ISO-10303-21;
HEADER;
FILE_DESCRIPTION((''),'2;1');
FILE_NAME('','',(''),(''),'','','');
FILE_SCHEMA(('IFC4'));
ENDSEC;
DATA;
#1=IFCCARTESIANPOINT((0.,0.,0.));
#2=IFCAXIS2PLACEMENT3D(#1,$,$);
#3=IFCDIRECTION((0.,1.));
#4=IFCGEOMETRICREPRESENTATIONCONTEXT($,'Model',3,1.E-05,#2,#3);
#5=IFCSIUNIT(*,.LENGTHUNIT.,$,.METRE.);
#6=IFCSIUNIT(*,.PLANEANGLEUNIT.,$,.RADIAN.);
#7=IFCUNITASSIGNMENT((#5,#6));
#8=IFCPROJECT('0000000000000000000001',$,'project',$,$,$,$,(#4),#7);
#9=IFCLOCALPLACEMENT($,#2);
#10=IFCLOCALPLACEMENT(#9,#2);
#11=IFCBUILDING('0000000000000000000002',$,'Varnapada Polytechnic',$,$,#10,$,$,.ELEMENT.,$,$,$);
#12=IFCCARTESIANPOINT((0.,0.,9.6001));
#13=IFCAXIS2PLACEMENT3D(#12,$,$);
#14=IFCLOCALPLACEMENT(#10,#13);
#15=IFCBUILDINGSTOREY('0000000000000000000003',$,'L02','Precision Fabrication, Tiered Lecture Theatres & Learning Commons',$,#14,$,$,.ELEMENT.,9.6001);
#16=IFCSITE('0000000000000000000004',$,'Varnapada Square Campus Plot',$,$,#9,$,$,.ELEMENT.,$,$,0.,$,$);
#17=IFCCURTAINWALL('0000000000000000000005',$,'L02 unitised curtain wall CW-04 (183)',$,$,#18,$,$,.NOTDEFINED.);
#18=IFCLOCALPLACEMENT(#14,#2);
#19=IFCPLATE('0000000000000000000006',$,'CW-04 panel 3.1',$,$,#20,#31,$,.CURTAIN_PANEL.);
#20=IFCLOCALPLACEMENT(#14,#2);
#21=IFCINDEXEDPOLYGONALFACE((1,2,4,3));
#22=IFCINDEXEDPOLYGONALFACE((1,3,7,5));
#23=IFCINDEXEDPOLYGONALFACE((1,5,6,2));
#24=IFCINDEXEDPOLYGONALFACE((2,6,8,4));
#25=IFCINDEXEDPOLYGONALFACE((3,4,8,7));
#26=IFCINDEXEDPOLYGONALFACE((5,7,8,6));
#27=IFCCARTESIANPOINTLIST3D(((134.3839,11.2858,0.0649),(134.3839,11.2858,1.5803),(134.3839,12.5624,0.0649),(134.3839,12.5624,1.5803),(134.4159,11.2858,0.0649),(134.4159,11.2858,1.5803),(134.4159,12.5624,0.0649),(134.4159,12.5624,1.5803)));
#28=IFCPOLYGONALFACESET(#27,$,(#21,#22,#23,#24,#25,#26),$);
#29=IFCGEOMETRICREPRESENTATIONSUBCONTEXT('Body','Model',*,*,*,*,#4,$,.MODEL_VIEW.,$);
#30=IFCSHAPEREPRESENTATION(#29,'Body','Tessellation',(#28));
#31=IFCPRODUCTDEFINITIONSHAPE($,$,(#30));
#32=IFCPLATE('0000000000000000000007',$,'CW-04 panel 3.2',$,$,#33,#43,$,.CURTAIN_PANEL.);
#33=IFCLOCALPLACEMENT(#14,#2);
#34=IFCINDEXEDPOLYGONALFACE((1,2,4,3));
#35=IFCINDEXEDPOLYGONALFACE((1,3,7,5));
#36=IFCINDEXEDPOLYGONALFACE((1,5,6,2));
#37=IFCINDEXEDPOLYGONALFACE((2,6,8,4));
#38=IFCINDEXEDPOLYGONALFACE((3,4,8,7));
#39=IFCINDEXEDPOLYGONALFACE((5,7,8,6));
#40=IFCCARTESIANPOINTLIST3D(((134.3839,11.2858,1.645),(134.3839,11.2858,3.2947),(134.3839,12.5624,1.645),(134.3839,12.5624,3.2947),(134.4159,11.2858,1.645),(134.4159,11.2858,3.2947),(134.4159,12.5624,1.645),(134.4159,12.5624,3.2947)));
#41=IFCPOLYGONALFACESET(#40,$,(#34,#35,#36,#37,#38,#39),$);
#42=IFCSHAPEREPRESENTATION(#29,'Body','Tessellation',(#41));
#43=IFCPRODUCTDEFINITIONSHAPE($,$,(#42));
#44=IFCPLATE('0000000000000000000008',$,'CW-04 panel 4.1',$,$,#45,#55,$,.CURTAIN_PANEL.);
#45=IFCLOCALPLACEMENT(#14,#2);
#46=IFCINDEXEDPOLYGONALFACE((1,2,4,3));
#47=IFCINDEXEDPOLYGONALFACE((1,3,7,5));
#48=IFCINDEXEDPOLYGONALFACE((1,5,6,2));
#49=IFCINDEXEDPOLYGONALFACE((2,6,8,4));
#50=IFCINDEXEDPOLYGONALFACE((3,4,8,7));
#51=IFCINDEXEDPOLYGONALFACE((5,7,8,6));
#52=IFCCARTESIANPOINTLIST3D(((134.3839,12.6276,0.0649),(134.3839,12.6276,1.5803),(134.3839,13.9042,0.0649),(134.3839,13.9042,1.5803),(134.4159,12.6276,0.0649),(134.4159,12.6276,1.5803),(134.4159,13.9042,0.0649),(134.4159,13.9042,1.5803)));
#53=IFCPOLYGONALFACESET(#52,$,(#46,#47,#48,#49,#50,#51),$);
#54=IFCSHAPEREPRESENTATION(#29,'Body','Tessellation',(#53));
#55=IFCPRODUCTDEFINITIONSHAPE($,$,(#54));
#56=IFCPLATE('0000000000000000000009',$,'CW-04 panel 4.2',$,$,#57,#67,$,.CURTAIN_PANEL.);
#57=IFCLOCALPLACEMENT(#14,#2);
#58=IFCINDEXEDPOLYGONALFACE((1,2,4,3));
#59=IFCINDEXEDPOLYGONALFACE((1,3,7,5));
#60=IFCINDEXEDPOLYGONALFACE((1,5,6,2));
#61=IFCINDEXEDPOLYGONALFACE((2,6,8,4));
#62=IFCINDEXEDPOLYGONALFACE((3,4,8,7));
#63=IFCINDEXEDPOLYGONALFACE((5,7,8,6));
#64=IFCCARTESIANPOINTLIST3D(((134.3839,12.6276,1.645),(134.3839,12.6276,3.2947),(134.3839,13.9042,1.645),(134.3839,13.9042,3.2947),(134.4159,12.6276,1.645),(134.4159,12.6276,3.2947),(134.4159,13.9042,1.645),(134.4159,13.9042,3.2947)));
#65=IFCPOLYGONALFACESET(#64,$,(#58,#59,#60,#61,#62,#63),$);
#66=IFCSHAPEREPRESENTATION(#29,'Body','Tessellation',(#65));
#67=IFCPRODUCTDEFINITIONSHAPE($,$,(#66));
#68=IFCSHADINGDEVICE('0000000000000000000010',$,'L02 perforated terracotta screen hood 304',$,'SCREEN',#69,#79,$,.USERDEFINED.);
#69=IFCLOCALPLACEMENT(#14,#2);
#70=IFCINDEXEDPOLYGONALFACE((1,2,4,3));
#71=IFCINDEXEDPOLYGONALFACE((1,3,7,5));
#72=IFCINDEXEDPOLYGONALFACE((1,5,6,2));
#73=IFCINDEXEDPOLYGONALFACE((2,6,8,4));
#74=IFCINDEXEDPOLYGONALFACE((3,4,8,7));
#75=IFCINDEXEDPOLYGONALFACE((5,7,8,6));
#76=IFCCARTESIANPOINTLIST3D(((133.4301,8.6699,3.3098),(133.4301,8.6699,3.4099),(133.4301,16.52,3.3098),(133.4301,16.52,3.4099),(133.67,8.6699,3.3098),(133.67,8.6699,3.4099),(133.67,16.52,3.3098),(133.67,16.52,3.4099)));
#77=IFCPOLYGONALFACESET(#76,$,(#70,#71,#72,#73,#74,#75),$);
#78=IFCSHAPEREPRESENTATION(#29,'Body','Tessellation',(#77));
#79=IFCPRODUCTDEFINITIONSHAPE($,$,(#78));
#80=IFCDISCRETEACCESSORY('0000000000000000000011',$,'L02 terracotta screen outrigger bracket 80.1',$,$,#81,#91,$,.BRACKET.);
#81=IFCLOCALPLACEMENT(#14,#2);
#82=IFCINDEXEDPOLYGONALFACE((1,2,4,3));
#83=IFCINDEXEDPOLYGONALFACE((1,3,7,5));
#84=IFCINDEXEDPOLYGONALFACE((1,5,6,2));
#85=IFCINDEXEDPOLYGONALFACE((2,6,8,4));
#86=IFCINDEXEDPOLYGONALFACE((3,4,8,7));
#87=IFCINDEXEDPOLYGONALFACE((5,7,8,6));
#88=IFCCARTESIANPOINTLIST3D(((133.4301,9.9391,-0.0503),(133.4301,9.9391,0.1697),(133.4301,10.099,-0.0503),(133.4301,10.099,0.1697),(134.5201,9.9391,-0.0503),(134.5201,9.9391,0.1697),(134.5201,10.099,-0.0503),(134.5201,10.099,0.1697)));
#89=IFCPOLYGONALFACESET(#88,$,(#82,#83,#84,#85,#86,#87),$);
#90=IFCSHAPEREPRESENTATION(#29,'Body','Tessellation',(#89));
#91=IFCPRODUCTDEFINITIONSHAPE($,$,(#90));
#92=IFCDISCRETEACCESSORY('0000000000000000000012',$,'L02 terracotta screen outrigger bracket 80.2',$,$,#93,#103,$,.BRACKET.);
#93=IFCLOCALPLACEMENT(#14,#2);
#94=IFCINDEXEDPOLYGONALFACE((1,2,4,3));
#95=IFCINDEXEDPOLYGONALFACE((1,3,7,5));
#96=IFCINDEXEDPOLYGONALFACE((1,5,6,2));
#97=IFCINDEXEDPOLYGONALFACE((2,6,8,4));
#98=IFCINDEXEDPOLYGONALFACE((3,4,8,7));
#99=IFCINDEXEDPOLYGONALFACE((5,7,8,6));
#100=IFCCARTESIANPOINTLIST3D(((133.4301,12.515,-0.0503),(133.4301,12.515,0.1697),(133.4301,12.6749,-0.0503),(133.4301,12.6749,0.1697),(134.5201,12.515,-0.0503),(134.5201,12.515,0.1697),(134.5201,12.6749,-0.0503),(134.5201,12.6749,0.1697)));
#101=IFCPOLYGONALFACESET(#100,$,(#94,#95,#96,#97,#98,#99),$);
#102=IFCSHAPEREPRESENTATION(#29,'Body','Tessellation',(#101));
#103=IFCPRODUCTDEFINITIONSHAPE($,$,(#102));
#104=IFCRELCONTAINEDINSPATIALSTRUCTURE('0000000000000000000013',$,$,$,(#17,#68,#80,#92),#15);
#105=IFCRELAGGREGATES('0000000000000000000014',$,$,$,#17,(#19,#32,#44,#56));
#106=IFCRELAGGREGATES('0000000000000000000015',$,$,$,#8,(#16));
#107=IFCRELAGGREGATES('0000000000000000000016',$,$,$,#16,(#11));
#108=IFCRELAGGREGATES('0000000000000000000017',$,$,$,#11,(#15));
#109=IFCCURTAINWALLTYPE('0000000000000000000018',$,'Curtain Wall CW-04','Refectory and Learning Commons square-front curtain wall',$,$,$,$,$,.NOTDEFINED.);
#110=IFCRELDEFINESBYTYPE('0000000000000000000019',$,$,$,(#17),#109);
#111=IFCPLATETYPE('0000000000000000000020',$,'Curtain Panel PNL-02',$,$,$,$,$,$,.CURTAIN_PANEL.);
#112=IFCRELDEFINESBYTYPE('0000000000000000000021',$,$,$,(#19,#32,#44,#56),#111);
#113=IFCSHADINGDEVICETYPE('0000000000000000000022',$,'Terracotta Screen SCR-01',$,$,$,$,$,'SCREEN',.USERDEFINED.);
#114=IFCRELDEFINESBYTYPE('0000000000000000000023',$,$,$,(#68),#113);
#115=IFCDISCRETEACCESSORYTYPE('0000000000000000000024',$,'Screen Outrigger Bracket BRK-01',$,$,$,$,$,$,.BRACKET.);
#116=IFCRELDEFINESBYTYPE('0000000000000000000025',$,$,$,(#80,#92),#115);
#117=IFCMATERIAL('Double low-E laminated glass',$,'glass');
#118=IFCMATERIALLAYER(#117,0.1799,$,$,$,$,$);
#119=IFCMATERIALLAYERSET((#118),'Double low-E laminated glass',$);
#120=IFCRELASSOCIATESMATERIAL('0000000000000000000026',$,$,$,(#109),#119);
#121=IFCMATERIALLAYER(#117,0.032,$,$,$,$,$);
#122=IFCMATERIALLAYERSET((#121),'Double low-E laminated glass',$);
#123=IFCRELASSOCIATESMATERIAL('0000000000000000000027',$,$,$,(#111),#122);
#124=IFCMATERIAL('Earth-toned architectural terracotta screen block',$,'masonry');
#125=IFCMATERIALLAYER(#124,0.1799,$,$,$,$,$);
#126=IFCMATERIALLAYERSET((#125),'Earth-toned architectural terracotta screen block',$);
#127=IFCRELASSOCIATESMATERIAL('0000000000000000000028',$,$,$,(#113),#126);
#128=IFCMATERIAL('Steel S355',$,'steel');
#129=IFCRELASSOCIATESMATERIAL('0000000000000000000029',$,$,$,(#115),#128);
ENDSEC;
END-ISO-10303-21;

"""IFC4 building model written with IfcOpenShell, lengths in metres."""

from ifc_helpers import new_model, si_unit, direction, frame, origin, origin_2d, place, context, subcontext, project, spatial, rectangle, extrude, material, layer, layer_set, type_object, element, aggregate, save


model = new_model("IFC4")

# Units and contexts
model_context = context("Model", 3, precision=1e-05, world=origin(), true_north=direction((0.0, 1.0)))
body_context = subcontext(model_context, "Body", "Model", "MODEL_VIEW")
ifc_project = project(units=[si_unit("LENGTHUNIT", "METRE"), si_unit("PLANEANGLEUNIT", "RADIAN")], contexts=[model_context])

# Site, building, storey
site_placement = place(None, origin())
site = spatial("IfcSite", under=ifc_project, at=site_placement, Name="Varnapada Square Campus Plot", CompositionType="ELEMENT", RefElevation=0.0)
building_placement = place(site_placement, origin())
building = spatial("IfcBuilding", under=site, at=building_placement, Name="Varnapada Polytechnic", CompositionType="ELEMENT")
storey_placement = place(building_placement, frame((0.0, 0.0, 9.6001)))
storey = spatial("IfcBuildingStorey", under=building, at=storey_placement, Name="L02", Description="Precision Fabrication, Tiered Lecture Theatres & Learning Commons", CompositionType="ELEMENT", Elevation=9.6001)

# Curtain wall, plates
ifc_material_1 = material(Name="Double low-E laminated glass", Category="glass")
ifc_layer_1 = layer(ifc_material_1, 0.1799)
ifc_layer_set_1 = layer_set([ifc_layer_1], Name="Double low-E laminated glass")
curtain_wall_type = type_object("IfcCurtainWallType", Name="Curtain Wall CW-04", Description="Refectory and Learning Commons square-front curtain wall", PredefinedType="NOTDEFINED", material=ifc_layer_set_1)
curtain_wall_placement = place(storey_placement, origin())
curtain_wall = element("IfcCurtainWall", 1, at=curtain_wall_placement, inside=storey, type_object=curtain_wall_type, Name="L02 unitised curtain wall CW-04 (183)", PredefinedType="NOTDEFINED")
ifc_layer_2 = layer(ifc_material_1, 0.032)
ifc_layer_set_2 = layer_set([ifc_layer_2], Name="Double low-E laminated glass")
plate_type = type_object("IfcPlateType", Name="Curtain Panel PNL-02", PredefinedType="CURTAIN_PANEL", material=ifc_layer_set_2)
plate_1_placement = place(storey_placement, frame((134.3999, 11.9241, 0.0649), z_axis=(0.0, 0.0, 1.0), x_axis=(0.0, 1.0, 0.0)))
plate_1 = element("IfcPlate", 2, at=plate_1_placement, type_object=plate_type, Name="CW-04 panel 3.1", PredefinedType="CURTAIN_PANEL", context=body_context, shape_type="SweptSolid", body=[
    extrude(rectangle(XDim=1.2766, YDim=0.032, at=origin_2d()), origin(), (0.0, 0.0, 1.0), 1.5154),
])
plate_2_placement = place(storey_placement, frame((134.3999, 11.9241, 1.645), z_axis=(0.0, 0.0, 1.0), x_axis=(0.0, 1.0, 0.0)))
plate_2 = element("IfcPlate", 3, at=plate_2_placement, type_object=plate_type, Name="CW-04 panel 3.2", PredefinedType="CURTAIN_PANEL", context=body_context, shape_type="SweptSolid", body=[
    extrude(rectangle(XDim=1.2766, YDim=0.032, at=origin_2d()), origin(), (0.0, 0.0, 1.0), 1.6497),
])
plate_3_placement = place(storey_placement, frame((134.3999, 13.2659, 0.0649), z_axis=(0.0, 0.0, 1.0), x_axis=(0.0, 1.0, 0.0)))
plate_3 = element("IfcPlate", 4, at=plate_3_placement, type_object=plate_type, Name="CW-04 panel 4.1", PredefinedType="CURTAIN_PANEL", context=body_context, shape_type="SweptSolid", body=[
    extrude(rectangle(XDim=1.2766, YDim=0.032, at=origin_2d()), origin(), (0.0, 0.0, 1.0), 1.5154),
])
plate_4_placement = place(storey_placement, frame((134.3999, 13.2659, 1.645), z_axis=(0.0, 0.0, 1.0), x_axis=(0.0, 1.0, 0.0)))
plate_4 = element("IfcPlate", 5, at=plate_4_placement, type_object=plate_type, Name="CW-04 panel 4.2", PredefinedType="CURTAIN_PANEL", context=body_context, shape_type="SweptSolid", body=[
    extrude(rectangle(XDim=1.2766, YDim=0.032, at=origin_2d()), origin(), (0.0, 0.0, 1.0), 1.6497),
])
aggregate(curtain_wall, [plate_1, plate_2, plate_3, plate_4])

# Shading device
ifc_material_2 = material(Name="Earth-toned architectural terracotta screen block", Category="masonry")
ifc_layer_3 = layer(ifc_material_2, 0.1799)
ifc_layer_set_3 = layer_set([ifc_layer_3], Name="Earth-toned architectural terracotta screen block")
shading_device_type = type_object("IfcShadingDeviceType", Name="Terracotta Screen SCR-01", ElementType="SCREEN", PredefinedType="USERDEFINED", material=ifc_layer_set_3)
shading_device_placement = place(storey_placement, frame((133.55, 12.595, 3.3098), z_axis=(0.0, 0.0, 1.0), x_axis=(0.0, 1.0, 0.0)))
element("IfcShadingDevice", 6, at=shading_device_placement, inside=storey, type_object=shading_device_type, Name="L02 perforated terracotta screen hood 304", ObjectType="SCREEN", PredefinedType="USERDEFINED", context=body_context, shape_type="SweptSolid", body=[
    extrude(rectangle(XDim=7.8501, YDim=0.24, at=origin_2d()), origin(), (0.0, 0.0, 1.0), 0.1001),
])

# Discrete accessories
ifc_material_3 = material(Name="Steel S355", Category="steel")
discrete_accessory_type = type_object("IfcDiscreteAccessoryType", Name="Screen Outrigger Bracket BRK-01", PredefinedType="BRACKET", material=ifc_material_3)
for number, where, z_axis, x_axis, name in (
    (7, (133.9751, 10.019, -0.0503), (0.0, 0.0, 1.0), (0.0, 1.0, 0.0), "L02 terracotta screen outrigger bracket 80.1"),
    (8, (133.9751, 12.595, -0.0503), (0.0, 0.0, 1.0), (0.0, 1.0, 0.0), "L02 terracotta screen outrigger bracket 80.2"),
):
    element("IfcDiscreteAccessory", number, at=place(storey_placement, frame(where, z_axis=z_axis, x_axis=x_axis)), inside=storey, type_object=discrete_accessory_type, Name=name, PredefinedType="BRACKET", context=body_context, shape_type="SweptSolid", body=[
        extrude(rectangle(XDim=0.1599, YDim=1.0901, at=origin_2d()), origin(), (0.0, 0.0, 1.0), 0.22),
    ])

save(model, "model.ifc")
